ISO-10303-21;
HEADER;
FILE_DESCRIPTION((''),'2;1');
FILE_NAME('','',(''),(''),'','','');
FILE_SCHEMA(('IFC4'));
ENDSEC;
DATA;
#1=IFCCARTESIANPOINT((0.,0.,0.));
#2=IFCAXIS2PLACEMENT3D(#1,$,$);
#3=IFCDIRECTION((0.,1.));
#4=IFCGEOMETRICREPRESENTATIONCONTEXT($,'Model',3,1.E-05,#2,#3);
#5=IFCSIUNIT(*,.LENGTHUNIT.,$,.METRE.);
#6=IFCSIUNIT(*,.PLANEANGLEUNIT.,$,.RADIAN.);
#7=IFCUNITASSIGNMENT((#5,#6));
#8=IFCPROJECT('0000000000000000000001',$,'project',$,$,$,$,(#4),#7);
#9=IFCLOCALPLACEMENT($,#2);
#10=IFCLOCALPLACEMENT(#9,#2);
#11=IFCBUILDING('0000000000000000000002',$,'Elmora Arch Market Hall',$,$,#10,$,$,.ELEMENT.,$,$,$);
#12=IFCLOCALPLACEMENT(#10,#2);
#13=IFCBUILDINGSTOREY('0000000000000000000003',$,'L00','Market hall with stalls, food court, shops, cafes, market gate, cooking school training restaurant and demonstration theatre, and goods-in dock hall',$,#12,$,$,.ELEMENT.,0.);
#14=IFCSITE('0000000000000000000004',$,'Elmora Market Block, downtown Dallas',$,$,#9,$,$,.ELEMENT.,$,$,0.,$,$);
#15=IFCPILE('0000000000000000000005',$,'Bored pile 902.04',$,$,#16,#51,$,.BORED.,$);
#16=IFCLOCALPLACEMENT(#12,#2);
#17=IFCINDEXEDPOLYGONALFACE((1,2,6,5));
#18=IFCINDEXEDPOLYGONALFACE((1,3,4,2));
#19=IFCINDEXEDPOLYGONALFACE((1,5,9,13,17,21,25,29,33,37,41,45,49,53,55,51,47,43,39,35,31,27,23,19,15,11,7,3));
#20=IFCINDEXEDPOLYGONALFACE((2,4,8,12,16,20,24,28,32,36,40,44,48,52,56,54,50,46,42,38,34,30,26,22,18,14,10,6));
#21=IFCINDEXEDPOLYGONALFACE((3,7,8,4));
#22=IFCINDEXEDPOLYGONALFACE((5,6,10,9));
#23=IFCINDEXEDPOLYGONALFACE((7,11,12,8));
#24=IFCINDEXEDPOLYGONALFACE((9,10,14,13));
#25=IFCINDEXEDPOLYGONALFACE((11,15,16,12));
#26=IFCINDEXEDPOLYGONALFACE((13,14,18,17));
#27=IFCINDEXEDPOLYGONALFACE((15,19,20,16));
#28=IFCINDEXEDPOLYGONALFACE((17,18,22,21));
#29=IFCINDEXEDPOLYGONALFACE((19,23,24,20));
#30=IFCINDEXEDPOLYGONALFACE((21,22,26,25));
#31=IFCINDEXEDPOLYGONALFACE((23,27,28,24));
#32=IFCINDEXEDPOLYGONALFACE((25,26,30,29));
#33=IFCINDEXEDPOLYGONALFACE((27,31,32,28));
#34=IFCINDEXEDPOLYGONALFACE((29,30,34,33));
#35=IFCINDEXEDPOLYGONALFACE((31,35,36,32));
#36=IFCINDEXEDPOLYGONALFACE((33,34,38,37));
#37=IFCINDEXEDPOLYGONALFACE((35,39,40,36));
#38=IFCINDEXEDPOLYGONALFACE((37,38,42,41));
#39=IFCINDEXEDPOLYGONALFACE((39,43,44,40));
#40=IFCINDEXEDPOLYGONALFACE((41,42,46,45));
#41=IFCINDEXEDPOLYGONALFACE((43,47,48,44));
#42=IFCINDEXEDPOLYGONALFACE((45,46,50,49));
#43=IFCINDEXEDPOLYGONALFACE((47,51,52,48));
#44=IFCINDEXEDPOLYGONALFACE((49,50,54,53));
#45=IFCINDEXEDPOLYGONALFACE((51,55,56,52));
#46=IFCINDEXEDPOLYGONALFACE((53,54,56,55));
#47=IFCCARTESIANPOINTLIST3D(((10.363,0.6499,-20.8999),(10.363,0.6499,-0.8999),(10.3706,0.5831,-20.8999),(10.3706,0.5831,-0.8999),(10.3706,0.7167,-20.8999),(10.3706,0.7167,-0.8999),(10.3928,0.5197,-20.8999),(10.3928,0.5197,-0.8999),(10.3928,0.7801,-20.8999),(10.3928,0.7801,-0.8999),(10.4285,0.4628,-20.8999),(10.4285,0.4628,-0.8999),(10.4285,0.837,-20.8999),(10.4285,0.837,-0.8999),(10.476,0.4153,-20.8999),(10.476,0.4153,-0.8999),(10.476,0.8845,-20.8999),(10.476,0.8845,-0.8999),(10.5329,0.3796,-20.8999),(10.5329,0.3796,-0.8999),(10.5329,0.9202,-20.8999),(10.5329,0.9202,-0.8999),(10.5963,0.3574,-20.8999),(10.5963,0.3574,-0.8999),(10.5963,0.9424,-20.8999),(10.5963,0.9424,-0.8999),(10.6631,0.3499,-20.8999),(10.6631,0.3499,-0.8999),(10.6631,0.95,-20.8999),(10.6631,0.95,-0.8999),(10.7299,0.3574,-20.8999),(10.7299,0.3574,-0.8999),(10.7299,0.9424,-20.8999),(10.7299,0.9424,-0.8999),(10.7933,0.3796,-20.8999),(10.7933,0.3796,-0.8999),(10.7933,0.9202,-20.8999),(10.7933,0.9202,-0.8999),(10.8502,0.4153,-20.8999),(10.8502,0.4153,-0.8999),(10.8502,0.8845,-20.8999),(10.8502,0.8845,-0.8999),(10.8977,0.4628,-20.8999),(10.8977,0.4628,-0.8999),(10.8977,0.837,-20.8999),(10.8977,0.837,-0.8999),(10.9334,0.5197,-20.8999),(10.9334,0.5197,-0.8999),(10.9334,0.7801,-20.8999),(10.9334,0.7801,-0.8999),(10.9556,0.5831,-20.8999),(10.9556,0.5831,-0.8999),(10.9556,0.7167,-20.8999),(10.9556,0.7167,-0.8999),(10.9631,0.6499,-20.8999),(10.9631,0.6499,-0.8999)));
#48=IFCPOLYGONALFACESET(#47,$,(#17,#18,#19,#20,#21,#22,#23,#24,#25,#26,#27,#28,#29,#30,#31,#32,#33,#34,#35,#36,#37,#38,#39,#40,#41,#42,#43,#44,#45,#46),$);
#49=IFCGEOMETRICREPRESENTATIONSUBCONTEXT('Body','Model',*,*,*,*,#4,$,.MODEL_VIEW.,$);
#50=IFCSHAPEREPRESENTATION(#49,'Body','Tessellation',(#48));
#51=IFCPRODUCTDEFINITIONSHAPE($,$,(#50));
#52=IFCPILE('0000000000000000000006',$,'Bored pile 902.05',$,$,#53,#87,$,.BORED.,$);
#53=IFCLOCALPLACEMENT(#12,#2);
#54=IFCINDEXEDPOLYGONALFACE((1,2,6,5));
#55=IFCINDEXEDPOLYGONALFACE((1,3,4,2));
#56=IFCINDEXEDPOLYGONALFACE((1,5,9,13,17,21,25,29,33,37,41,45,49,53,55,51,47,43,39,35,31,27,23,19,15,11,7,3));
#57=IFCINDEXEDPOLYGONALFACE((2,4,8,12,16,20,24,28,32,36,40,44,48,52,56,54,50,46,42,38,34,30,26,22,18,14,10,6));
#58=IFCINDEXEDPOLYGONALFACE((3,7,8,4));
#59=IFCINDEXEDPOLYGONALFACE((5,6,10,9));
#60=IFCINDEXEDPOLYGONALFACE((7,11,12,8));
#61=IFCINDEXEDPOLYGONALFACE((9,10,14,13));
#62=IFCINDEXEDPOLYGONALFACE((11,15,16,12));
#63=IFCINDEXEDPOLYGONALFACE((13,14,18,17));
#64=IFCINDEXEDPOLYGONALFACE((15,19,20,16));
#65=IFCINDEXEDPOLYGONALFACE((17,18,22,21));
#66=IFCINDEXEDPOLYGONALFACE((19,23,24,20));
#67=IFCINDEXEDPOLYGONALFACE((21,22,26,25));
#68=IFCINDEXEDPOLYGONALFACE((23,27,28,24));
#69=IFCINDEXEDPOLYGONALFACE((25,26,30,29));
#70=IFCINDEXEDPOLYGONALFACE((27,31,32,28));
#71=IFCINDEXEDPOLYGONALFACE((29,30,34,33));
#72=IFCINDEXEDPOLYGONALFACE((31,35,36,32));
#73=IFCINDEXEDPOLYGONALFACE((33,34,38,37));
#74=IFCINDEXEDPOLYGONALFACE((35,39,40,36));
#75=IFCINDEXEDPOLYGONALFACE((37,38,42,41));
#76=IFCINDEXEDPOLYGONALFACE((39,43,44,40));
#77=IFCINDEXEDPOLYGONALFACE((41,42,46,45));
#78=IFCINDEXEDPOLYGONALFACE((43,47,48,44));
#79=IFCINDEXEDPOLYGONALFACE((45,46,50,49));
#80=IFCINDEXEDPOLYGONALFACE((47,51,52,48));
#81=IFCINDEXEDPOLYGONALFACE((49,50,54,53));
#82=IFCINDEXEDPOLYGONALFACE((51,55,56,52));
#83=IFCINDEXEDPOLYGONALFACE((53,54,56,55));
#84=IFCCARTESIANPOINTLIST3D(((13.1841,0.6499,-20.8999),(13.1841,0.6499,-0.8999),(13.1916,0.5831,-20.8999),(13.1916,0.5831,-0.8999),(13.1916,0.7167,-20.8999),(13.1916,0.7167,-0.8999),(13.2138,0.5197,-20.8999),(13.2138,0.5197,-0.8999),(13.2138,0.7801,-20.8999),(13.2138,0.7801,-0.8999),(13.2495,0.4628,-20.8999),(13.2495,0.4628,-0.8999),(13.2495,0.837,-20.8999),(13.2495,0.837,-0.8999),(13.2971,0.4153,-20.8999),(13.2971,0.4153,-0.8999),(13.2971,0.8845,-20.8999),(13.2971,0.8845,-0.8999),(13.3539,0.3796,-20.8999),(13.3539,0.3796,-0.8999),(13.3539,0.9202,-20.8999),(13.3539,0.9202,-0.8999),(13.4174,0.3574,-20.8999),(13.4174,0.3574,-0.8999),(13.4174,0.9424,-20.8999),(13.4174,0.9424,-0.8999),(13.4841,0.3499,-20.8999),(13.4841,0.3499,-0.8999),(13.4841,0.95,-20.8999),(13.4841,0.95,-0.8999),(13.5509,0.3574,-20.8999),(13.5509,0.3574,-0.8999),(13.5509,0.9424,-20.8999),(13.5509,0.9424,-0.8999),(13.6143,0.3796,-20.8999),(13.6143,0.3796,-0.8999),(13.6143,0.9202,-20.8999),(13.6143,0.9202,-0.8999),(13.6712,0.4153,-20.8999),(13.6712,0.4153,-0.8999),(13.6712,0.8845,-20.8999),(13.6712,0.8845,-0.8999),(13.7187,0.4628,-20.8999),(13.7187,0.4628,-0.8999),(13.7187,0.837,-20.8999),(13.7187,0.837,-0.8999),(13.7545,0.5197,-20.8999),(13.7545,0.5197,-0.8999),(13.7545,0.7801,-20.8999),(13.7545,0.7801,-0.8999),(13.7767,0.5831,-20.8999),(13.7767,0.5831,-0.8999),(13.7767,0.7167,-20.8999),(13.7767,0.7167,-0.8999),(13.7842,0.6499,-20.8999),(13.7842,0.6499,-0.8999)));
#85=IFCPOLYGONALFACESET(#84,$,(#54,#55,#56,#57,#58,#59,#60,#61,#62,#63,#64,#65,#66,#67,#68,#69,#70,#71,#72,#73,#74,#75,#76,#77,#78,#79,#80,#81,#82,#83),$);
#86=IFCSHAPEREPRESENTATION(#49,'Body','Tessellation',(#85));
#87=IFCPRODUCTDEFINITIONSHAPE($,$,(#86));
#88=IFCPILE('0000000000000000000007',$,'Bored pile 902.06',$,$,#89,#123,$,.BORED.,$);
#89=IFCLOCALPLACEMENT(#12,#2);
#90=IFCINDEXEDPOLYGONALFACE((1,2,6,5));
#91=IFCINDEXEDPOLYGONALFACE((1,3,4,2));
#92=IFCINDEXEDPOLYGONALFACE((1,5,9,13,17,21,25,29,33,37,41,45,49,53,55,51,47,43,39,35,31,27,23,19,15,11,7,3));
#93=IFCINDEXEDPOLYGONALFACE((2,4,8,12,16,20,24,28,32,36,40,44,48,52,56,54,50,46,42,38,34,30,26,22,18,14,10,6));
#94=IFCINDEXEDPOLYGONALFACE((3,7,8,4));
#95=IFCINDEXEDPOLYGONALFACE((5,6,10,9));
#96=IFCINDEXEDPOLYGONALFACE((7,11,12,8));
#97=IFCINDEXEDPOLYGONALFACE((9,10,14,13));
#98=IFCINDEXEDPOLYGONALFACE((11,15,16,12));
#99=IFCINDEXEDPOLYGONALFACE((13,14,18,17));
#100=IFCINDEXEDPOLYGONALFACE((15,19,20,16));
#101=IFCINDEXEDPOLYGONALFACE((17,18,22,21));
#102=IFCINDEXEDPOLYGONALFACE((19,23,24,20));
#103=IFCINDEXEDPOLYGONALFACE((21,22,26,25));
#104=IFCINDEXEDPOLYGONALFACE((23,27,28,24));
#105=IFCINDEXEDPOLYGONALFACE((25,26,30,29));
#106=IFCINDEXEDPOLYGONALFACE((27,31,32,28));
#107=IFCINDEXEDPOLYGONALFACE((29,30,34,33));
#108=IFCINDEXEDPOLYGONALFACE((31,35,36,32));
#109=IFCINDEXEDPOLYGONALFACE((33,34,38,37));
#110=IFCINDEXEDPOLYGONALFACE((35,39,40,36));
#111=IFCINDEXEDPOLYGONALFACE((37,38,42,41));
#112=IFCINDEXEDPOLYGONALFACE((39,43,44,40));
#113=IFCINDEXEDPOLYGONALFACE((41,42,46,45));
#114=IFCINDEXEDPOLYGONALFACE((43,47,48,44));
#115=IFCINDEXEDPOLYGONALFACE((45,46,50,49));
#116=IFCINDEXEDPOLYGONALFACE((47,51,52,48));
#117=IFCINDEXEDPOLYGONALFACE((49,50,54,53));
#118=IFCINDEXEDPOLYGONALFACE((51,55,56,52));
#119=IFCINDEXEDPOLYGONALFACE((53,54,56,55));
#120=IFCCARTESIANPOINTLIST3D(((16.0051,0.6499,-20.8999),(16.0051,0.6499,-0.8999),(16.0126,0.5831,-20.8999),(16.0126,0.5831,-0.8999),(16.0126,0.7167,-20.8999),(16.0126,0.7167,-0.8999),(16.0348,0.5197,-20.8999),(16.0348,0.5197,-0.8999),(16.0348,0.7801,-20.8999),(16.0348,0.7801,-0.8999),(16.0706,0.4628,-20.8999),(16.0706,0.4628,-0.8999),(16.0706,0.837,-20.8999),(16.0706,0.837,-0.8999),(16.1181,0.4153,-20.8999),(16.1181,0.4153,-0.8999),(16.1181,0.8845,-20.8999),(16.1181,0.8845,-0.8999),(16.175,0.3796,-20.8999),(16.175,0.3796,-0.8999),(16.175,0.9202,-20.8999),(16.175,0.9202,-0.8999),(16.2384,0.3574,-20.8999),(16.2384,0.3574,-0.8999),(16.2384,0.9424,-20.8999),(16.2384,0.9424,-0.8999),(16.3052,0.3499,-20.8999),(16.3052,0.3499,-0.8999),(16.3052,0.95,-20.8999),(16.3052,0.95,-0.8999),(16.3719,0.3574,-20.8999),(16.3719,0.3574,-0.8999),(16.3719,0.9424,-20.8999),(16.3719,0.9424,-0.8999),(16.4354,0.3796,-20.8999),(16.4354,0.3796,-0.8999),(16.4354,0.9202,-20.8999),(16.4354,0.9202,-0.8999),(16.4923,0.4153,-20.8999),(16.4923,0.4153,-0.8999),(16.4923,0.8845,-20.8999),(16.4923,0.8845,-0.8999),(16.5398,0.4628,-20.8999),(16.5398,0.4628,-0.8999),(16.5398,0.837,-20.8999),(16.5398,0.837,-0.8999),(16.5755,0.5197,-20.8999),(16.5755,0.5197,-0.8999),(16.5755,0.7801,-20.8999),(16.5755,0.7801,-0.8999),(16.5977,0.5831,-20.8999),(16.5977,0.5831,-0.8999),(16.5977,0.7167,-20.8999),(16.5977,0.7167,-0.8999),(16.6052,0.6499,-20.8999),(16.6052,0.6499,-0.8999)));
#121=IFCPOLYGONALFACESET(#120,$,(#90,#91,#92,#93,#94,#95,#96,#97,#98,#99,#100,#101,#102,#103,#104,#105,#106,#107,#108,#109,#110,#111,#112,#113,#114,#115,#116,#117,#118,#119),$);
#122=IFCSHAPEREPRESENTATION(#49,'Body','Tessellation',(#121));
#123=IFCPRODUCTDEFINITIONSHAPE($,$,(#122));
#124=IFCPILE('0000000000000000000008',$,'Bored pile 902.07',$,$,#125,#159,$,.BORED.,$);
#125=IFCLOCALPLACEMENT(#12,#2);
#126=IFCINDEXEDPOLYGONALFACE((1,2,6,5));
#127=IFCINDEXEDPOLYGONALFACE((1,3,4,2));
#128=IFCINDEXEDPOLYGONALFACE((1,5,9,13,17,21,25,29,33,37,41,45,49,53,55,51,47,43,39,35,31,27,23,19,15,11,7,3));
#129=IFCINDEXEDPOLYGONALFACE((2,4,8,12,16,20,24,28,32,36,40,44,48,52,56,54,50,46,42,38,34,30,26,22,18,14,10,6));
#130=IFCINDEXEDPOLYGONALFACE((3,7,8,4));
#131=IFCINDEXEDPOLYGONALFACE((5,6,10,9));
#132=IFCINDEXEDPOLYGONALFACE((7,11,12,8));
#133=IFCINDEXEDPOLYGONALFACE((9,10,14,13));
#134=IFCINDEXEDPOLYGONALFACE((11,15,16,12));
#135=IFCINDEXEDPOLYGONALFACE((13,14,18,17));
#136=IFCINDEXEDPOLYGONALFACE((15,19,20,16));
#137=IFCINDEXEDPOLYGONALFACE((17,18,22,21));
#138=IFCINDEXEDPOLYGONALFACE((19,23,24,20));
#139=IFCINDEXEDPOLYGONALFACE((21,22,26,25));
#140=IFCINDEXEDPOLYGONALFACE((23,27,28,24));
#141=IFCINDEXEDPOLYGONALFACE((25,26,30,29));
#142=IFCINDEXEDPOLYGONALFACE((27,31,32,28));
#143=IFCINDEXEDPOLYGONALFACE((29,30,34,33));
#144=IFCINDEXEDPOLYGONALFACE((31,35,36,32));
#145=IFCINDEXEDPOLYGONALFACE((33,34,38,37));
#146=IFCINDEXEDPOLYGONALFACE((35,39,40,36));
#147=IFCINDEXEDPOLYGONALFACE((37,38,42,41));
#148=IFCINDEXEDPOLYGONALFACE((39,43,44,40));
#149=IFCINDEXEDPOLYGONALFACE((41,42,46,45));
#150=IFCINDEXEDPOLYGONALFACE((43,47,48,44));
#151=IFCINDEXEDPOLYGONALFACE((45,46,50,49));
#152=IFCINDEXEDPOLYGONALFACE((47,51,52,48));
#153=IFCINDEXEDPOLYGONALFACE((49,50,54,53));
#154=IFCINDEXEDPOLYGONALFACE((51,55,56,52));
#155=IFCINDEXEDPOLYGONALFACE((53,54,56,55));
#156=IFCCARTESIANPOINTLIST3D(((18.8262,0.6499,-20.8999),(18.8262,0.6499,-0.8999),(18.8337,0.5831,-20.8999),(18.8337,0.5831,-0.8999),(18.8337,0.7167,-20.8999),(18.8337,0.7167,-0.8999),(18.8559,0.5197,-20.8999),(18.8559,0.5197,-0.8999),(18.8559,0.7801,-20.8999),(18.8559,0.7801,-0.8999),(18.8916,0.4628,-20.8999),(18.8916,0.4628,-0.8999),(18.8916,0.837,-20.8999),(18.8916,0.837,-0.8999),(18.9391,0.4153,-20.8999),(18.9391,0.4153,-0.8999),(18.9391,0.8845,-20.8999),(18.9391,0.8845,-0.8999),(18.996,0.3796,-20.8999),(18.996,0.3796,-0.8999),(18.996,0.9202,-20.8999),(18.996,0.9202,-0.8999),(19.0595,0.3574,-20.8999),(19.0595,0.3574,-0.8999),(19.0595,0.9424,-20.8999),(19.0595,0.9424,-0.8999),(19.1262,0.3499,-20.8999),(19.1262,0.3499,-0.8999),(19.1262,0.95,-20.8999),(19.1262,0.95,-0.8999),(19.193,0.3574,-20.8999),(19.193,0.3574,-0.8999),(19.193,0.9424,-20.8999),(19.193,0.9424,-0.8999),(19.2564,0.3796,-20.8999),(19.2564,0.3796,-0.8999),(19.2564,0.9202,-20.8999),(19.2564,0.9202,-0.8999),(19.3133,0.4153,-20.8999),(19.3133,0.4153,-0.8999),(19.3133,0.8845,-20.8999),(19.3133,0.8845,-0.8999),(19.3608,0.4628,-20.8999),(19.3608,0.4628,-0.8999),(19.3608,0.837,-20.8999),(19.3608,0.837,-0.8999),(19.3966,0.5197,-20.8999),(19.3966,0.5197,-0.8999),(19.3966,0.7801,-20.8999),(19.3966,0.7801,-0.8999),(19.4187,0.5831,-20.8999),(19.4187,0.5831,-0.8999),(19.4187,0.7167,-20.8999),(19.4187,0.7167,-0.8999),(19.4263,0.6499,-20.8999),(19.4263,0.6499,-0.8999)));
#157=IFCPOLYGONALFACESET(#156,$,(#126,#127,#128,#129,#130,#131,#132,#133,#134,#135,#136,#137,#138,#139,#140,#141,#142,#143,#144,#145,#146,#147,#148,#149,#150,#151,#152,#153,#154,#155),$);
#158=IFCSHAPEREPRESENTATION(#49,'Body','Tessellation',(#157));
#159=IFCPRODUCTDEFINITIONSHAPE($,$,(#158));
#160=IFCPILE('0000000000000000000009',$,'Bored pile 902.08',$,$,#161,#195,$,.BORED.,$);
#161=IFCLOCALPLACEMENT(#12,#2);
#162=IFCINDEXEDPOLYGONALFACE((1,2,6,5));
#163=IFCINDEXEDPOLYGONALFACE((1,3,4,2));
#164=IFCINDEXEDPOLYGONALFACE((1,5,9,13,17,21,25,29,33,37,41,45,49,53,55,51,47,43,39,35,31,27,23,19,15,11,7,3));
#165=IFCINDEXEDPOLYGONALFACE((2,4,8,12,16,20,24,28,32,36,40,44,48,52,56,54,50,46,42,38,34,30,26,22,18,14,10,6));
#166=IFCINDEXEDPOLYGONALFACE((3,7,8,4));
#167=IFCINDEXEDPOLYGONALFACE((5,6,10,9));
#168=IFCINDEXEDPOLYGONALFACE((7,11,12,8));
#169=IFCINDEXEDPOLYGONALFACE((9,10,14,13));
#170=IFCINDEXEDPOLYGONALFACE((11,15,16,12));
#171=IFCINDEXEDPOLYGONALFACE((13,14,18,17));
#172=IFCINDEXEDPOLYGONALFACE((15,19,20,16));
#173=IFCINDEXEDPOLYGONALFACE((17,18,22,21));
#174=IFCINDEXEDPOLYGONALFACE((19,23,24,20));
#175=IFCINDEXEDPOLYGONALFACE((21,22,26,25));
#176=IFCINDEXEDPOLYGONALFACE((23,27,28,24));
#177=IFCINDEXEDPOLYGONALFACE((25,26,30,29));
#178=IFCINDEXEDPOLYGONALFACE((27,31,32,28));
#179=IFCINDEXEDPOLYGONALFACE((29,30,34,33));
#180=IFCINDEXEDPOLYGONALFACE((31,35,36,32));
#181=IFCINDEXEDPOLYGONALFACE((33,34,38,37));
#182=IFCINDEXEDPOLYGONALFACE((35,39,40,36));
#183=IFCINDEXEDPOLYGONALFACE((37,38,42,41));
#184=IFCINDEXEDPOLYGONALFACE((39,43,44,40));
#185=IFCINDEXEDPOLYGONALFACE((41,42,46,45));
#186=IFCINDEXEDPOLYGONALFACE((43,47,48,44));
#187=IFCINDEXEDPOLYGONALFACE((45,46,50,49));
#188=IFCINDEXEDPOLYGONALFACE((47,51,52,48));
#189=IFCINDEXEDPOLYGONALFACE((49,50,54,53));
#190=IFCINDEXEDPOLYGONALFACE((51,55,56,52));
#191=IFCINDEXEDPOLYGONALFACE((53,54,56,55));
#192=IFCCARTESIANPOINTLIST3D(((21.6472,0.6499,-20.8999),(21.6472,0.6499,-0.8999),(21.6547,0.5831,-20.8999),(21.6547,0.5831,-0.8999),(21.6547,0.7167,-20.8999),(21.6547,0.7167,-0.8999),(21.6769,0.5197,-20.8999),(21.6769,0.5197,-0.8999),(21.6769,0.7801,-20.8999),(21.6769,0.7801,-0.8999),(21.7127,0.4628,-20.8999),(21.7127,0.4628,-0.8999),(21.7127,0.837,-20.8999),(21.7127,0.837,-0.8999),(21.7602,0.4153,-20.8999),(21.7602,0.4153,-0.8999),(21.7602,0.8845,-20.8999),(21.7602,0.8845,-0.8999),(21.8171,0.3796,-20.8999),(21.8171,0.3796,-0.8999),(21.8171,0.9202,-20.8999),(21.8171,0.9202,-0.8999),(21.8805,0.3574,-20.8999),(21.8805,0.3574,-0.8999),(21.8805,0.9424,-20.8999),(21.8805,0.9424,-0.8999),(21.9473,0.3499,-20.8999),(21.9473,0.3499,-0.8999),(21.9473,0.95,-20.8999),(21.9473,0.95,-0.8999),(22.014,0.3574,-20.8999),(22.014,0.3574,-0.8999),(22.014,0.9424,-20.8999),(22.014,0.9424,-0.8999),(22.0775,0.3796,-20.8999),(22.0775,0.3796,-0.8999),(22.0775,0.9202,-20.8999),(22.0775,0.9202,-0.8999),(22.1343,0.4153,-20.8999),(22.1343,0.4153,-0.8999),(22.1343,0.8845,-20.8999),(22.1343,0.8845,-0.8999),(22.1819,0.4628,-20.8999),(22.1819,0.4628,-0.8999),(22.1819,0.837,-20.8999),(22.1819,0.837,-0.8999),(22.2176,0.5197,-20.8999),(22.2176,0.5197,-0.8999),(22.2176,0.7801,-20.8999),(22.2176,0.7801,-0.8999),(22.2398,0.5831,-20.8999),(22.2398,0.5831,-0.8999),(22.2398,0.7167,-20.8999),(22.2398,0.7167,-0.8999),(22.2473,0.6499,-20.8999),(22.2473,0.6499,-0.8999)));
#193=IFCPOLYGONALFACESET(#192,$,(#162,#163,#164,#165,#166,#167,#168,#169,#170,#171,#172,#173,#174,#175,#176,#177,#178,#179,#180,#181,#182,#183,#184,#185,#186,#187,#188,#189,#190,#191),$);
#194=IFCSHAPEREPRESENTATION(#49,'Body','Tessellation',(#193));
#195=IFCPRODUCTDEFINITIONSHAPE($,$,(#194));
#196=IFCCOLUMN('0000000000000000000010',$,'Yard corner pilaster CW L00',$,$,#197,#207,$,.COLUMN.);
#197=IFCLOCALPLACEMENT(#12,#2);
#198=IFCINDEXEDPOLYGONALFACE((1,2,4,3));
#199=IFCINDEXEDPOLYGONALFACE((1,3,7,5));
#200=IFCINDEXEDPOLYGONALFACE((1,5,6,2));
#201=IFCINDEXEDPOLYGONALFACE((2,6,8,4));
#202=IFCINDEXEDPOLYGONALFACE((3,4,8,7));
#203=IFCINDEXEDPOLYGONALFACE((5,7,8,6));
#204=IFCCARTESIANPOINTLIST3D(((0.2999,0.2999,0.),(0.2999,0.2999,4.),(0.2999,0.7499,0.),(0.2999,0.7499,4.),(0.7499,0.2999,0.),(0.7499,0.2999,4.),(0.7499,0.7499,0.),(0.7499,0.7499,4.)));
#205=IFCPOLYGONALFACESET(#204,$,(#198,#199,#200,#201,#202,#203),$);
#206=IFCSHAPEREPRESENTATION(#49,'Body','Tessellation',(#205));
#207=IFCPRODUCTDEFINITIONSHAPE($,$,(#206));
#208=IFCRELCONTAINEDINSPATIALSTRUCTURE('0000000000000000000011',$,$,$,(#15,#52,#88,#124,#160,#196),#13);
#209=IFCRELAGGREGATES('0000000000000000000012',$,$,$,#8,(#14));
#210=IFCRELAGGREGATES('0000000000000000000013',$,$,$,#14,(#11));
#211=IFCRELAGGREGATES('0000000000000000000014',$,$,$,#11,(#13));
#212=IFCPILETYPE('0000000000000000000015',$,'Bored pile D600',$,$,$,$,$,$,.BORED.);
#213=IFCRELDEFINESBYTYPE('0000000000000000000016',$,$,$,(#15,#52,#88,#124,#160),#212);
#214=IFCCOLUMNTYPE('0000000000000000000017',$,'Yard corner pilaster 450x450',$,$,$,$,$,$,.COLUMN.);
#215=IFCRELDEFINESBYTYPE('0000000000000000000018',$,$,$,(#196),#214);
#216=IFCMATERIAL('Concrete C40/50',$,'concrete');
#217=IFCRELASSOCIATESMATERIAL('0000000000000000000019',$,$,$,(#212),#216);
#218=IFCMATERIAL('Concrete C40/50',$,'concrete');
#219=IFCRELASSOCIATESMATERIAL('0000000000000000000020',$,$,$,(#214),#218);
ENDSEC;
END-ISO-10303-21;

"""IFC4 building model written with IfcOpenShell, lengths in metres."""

from ifc_helpers import new_model, si_unit, direction, frame, origin, origin_2d, place, context, subcontext, project, spatial, rectangle, circle, extrude, material, material_profile, profile_set, type_object, element, save


model = new_model("IFC4")

# Units and contexts
model_context = context("Model", 3, precision=1e-05, world=origin(), true_north=direction((0.0, 1.0)))
body_context = subcontext(model_context, "Body", "Model", "MODEL_VIEW")
ifc_project = project(units=[si_unit("LENGTHUNIT", "METRE"), si_unit("PLANEANGLEUNIT", "RADIAN")], contexts=[model_context])

# Site, building, storey
site_placement = place(None, origin())
site = spatial("IfcSite", under=ifc_project, at=site_placement, Name="Elmora Market Block, downtown Dallas", CompositionType="ELEMENT", RefElevation=0.0)
building_placement = place(site_placement, origin())
building = spatial("IfcBuilding", under=site, at=building_placement, Name="Elmora Arch Market Hall", CompositionType="ELEMENT")
storey_placement = place(building_placement, origin())
storey = spatial("IfcBuildingStorey", under=building, at=storey_placement, Name="L00", Description="Market hall with stalls, food court, shops, cafes, market gate, cooking school training restaurant and demonstration theatre, and goods-in dock hall", CompositionType="ELEMENT", Elevation=0.0)

# Piles
ifc_material_1 = material(Name="Concrete C40/50", Category="concrete")
ifc_material_profile_1 = material_profile(ifc_material_1, circle(Radius=0.3, at=origin_2d()), Name="Bored pile D600")
ifc_profile_set_1 = profile_set([ifc_material_profile_1], Name="Concrete C40/50")
pile_type = type_object("IfcPileType", Name="Bored pile D600", PredefinedType="BORED", material=ifc_profile_set_1)
for number, where, z_axis, x_axis, name in (
    (1, (10.6631, 0.6499, -0.8999), (0.0, 0.0, -1.0), (1.0, 0.0, 0.0), "Bored pile 902.04"),
    (2, (13.4841, 0.6499, -0.8999), (0.0, 0.0, -1.0), (1.0, 0.0, 0.0), "Bored pile 902.05"),
    (3, (16.3052, 0.6499, -0.8999), (0.0, 0.0, -1.0), (1.0, 0.0, 0.0), "Bored pile 902.06"),
    (4, (19.1262, 0.6499, -0.8999), (0.0, 0.0, -1.0), (1.0, 0.0, 0.0), "Bored pile 902.07"),
    (5, (21.9473, 0.6499, -0.8999), (0.0, 0.0, -1.0), (1.0, 0.0, 0.0), "Bored pile 902.08"),
):
    element("IfcPile", number, at=place(storey_placement, frame(where, z_axis=z_axis, x_axis=x_axis)), inside=storey, type_object=pile_type, Name=name, PredefinedType="BORED", context=body_context, shape_type="SweptSolid", body=[
        extrude(circle(Radius=0.3, at=origin_2d()), origin(), (0.0, 0.0, 1.0), 20.0),
    ])

# Column
ifc_material_2 = material(Name="Concrete C40/50", Category="concrete")
ifc_material_profile_2 = material_profile(ifc_material_2, rectangle(XDim=0.45, YDim=0.45, at=origin_2d()), Name="Yard corner pilaster 450x450")
ifc_profile_set_2 = profile_set([ifc_material_profile_2], Name="Concrete C40/50")
column_type_1 = type_object("IfcColumnType", Name="Yard corner pilaster 450x450", PredefinedType="COLUMN", material=ifc_profile_set_2)
column_1_placement = place(storey_placement, frame((0.5249, 0.5249, 0.0), z_axis=(0.0, 0.0, 1.0), x_axis=(1.0, 0.0, 0.0)))
element("IfcColumn", 6, at=column_1_placement, inside=storey, type_object=column_type_1, Name="Yard corner pilaster CW L00", PredefinedType="COLUMN", context=body_context, shape_type="SweptSolid", body=[
    extrude(rectangle(XDim=0.45, YDim=0.45, at=origin_2d()), origin(), (0.0, 0.0, 1.0), 4.0),
])

save(model, "model.ifc")
